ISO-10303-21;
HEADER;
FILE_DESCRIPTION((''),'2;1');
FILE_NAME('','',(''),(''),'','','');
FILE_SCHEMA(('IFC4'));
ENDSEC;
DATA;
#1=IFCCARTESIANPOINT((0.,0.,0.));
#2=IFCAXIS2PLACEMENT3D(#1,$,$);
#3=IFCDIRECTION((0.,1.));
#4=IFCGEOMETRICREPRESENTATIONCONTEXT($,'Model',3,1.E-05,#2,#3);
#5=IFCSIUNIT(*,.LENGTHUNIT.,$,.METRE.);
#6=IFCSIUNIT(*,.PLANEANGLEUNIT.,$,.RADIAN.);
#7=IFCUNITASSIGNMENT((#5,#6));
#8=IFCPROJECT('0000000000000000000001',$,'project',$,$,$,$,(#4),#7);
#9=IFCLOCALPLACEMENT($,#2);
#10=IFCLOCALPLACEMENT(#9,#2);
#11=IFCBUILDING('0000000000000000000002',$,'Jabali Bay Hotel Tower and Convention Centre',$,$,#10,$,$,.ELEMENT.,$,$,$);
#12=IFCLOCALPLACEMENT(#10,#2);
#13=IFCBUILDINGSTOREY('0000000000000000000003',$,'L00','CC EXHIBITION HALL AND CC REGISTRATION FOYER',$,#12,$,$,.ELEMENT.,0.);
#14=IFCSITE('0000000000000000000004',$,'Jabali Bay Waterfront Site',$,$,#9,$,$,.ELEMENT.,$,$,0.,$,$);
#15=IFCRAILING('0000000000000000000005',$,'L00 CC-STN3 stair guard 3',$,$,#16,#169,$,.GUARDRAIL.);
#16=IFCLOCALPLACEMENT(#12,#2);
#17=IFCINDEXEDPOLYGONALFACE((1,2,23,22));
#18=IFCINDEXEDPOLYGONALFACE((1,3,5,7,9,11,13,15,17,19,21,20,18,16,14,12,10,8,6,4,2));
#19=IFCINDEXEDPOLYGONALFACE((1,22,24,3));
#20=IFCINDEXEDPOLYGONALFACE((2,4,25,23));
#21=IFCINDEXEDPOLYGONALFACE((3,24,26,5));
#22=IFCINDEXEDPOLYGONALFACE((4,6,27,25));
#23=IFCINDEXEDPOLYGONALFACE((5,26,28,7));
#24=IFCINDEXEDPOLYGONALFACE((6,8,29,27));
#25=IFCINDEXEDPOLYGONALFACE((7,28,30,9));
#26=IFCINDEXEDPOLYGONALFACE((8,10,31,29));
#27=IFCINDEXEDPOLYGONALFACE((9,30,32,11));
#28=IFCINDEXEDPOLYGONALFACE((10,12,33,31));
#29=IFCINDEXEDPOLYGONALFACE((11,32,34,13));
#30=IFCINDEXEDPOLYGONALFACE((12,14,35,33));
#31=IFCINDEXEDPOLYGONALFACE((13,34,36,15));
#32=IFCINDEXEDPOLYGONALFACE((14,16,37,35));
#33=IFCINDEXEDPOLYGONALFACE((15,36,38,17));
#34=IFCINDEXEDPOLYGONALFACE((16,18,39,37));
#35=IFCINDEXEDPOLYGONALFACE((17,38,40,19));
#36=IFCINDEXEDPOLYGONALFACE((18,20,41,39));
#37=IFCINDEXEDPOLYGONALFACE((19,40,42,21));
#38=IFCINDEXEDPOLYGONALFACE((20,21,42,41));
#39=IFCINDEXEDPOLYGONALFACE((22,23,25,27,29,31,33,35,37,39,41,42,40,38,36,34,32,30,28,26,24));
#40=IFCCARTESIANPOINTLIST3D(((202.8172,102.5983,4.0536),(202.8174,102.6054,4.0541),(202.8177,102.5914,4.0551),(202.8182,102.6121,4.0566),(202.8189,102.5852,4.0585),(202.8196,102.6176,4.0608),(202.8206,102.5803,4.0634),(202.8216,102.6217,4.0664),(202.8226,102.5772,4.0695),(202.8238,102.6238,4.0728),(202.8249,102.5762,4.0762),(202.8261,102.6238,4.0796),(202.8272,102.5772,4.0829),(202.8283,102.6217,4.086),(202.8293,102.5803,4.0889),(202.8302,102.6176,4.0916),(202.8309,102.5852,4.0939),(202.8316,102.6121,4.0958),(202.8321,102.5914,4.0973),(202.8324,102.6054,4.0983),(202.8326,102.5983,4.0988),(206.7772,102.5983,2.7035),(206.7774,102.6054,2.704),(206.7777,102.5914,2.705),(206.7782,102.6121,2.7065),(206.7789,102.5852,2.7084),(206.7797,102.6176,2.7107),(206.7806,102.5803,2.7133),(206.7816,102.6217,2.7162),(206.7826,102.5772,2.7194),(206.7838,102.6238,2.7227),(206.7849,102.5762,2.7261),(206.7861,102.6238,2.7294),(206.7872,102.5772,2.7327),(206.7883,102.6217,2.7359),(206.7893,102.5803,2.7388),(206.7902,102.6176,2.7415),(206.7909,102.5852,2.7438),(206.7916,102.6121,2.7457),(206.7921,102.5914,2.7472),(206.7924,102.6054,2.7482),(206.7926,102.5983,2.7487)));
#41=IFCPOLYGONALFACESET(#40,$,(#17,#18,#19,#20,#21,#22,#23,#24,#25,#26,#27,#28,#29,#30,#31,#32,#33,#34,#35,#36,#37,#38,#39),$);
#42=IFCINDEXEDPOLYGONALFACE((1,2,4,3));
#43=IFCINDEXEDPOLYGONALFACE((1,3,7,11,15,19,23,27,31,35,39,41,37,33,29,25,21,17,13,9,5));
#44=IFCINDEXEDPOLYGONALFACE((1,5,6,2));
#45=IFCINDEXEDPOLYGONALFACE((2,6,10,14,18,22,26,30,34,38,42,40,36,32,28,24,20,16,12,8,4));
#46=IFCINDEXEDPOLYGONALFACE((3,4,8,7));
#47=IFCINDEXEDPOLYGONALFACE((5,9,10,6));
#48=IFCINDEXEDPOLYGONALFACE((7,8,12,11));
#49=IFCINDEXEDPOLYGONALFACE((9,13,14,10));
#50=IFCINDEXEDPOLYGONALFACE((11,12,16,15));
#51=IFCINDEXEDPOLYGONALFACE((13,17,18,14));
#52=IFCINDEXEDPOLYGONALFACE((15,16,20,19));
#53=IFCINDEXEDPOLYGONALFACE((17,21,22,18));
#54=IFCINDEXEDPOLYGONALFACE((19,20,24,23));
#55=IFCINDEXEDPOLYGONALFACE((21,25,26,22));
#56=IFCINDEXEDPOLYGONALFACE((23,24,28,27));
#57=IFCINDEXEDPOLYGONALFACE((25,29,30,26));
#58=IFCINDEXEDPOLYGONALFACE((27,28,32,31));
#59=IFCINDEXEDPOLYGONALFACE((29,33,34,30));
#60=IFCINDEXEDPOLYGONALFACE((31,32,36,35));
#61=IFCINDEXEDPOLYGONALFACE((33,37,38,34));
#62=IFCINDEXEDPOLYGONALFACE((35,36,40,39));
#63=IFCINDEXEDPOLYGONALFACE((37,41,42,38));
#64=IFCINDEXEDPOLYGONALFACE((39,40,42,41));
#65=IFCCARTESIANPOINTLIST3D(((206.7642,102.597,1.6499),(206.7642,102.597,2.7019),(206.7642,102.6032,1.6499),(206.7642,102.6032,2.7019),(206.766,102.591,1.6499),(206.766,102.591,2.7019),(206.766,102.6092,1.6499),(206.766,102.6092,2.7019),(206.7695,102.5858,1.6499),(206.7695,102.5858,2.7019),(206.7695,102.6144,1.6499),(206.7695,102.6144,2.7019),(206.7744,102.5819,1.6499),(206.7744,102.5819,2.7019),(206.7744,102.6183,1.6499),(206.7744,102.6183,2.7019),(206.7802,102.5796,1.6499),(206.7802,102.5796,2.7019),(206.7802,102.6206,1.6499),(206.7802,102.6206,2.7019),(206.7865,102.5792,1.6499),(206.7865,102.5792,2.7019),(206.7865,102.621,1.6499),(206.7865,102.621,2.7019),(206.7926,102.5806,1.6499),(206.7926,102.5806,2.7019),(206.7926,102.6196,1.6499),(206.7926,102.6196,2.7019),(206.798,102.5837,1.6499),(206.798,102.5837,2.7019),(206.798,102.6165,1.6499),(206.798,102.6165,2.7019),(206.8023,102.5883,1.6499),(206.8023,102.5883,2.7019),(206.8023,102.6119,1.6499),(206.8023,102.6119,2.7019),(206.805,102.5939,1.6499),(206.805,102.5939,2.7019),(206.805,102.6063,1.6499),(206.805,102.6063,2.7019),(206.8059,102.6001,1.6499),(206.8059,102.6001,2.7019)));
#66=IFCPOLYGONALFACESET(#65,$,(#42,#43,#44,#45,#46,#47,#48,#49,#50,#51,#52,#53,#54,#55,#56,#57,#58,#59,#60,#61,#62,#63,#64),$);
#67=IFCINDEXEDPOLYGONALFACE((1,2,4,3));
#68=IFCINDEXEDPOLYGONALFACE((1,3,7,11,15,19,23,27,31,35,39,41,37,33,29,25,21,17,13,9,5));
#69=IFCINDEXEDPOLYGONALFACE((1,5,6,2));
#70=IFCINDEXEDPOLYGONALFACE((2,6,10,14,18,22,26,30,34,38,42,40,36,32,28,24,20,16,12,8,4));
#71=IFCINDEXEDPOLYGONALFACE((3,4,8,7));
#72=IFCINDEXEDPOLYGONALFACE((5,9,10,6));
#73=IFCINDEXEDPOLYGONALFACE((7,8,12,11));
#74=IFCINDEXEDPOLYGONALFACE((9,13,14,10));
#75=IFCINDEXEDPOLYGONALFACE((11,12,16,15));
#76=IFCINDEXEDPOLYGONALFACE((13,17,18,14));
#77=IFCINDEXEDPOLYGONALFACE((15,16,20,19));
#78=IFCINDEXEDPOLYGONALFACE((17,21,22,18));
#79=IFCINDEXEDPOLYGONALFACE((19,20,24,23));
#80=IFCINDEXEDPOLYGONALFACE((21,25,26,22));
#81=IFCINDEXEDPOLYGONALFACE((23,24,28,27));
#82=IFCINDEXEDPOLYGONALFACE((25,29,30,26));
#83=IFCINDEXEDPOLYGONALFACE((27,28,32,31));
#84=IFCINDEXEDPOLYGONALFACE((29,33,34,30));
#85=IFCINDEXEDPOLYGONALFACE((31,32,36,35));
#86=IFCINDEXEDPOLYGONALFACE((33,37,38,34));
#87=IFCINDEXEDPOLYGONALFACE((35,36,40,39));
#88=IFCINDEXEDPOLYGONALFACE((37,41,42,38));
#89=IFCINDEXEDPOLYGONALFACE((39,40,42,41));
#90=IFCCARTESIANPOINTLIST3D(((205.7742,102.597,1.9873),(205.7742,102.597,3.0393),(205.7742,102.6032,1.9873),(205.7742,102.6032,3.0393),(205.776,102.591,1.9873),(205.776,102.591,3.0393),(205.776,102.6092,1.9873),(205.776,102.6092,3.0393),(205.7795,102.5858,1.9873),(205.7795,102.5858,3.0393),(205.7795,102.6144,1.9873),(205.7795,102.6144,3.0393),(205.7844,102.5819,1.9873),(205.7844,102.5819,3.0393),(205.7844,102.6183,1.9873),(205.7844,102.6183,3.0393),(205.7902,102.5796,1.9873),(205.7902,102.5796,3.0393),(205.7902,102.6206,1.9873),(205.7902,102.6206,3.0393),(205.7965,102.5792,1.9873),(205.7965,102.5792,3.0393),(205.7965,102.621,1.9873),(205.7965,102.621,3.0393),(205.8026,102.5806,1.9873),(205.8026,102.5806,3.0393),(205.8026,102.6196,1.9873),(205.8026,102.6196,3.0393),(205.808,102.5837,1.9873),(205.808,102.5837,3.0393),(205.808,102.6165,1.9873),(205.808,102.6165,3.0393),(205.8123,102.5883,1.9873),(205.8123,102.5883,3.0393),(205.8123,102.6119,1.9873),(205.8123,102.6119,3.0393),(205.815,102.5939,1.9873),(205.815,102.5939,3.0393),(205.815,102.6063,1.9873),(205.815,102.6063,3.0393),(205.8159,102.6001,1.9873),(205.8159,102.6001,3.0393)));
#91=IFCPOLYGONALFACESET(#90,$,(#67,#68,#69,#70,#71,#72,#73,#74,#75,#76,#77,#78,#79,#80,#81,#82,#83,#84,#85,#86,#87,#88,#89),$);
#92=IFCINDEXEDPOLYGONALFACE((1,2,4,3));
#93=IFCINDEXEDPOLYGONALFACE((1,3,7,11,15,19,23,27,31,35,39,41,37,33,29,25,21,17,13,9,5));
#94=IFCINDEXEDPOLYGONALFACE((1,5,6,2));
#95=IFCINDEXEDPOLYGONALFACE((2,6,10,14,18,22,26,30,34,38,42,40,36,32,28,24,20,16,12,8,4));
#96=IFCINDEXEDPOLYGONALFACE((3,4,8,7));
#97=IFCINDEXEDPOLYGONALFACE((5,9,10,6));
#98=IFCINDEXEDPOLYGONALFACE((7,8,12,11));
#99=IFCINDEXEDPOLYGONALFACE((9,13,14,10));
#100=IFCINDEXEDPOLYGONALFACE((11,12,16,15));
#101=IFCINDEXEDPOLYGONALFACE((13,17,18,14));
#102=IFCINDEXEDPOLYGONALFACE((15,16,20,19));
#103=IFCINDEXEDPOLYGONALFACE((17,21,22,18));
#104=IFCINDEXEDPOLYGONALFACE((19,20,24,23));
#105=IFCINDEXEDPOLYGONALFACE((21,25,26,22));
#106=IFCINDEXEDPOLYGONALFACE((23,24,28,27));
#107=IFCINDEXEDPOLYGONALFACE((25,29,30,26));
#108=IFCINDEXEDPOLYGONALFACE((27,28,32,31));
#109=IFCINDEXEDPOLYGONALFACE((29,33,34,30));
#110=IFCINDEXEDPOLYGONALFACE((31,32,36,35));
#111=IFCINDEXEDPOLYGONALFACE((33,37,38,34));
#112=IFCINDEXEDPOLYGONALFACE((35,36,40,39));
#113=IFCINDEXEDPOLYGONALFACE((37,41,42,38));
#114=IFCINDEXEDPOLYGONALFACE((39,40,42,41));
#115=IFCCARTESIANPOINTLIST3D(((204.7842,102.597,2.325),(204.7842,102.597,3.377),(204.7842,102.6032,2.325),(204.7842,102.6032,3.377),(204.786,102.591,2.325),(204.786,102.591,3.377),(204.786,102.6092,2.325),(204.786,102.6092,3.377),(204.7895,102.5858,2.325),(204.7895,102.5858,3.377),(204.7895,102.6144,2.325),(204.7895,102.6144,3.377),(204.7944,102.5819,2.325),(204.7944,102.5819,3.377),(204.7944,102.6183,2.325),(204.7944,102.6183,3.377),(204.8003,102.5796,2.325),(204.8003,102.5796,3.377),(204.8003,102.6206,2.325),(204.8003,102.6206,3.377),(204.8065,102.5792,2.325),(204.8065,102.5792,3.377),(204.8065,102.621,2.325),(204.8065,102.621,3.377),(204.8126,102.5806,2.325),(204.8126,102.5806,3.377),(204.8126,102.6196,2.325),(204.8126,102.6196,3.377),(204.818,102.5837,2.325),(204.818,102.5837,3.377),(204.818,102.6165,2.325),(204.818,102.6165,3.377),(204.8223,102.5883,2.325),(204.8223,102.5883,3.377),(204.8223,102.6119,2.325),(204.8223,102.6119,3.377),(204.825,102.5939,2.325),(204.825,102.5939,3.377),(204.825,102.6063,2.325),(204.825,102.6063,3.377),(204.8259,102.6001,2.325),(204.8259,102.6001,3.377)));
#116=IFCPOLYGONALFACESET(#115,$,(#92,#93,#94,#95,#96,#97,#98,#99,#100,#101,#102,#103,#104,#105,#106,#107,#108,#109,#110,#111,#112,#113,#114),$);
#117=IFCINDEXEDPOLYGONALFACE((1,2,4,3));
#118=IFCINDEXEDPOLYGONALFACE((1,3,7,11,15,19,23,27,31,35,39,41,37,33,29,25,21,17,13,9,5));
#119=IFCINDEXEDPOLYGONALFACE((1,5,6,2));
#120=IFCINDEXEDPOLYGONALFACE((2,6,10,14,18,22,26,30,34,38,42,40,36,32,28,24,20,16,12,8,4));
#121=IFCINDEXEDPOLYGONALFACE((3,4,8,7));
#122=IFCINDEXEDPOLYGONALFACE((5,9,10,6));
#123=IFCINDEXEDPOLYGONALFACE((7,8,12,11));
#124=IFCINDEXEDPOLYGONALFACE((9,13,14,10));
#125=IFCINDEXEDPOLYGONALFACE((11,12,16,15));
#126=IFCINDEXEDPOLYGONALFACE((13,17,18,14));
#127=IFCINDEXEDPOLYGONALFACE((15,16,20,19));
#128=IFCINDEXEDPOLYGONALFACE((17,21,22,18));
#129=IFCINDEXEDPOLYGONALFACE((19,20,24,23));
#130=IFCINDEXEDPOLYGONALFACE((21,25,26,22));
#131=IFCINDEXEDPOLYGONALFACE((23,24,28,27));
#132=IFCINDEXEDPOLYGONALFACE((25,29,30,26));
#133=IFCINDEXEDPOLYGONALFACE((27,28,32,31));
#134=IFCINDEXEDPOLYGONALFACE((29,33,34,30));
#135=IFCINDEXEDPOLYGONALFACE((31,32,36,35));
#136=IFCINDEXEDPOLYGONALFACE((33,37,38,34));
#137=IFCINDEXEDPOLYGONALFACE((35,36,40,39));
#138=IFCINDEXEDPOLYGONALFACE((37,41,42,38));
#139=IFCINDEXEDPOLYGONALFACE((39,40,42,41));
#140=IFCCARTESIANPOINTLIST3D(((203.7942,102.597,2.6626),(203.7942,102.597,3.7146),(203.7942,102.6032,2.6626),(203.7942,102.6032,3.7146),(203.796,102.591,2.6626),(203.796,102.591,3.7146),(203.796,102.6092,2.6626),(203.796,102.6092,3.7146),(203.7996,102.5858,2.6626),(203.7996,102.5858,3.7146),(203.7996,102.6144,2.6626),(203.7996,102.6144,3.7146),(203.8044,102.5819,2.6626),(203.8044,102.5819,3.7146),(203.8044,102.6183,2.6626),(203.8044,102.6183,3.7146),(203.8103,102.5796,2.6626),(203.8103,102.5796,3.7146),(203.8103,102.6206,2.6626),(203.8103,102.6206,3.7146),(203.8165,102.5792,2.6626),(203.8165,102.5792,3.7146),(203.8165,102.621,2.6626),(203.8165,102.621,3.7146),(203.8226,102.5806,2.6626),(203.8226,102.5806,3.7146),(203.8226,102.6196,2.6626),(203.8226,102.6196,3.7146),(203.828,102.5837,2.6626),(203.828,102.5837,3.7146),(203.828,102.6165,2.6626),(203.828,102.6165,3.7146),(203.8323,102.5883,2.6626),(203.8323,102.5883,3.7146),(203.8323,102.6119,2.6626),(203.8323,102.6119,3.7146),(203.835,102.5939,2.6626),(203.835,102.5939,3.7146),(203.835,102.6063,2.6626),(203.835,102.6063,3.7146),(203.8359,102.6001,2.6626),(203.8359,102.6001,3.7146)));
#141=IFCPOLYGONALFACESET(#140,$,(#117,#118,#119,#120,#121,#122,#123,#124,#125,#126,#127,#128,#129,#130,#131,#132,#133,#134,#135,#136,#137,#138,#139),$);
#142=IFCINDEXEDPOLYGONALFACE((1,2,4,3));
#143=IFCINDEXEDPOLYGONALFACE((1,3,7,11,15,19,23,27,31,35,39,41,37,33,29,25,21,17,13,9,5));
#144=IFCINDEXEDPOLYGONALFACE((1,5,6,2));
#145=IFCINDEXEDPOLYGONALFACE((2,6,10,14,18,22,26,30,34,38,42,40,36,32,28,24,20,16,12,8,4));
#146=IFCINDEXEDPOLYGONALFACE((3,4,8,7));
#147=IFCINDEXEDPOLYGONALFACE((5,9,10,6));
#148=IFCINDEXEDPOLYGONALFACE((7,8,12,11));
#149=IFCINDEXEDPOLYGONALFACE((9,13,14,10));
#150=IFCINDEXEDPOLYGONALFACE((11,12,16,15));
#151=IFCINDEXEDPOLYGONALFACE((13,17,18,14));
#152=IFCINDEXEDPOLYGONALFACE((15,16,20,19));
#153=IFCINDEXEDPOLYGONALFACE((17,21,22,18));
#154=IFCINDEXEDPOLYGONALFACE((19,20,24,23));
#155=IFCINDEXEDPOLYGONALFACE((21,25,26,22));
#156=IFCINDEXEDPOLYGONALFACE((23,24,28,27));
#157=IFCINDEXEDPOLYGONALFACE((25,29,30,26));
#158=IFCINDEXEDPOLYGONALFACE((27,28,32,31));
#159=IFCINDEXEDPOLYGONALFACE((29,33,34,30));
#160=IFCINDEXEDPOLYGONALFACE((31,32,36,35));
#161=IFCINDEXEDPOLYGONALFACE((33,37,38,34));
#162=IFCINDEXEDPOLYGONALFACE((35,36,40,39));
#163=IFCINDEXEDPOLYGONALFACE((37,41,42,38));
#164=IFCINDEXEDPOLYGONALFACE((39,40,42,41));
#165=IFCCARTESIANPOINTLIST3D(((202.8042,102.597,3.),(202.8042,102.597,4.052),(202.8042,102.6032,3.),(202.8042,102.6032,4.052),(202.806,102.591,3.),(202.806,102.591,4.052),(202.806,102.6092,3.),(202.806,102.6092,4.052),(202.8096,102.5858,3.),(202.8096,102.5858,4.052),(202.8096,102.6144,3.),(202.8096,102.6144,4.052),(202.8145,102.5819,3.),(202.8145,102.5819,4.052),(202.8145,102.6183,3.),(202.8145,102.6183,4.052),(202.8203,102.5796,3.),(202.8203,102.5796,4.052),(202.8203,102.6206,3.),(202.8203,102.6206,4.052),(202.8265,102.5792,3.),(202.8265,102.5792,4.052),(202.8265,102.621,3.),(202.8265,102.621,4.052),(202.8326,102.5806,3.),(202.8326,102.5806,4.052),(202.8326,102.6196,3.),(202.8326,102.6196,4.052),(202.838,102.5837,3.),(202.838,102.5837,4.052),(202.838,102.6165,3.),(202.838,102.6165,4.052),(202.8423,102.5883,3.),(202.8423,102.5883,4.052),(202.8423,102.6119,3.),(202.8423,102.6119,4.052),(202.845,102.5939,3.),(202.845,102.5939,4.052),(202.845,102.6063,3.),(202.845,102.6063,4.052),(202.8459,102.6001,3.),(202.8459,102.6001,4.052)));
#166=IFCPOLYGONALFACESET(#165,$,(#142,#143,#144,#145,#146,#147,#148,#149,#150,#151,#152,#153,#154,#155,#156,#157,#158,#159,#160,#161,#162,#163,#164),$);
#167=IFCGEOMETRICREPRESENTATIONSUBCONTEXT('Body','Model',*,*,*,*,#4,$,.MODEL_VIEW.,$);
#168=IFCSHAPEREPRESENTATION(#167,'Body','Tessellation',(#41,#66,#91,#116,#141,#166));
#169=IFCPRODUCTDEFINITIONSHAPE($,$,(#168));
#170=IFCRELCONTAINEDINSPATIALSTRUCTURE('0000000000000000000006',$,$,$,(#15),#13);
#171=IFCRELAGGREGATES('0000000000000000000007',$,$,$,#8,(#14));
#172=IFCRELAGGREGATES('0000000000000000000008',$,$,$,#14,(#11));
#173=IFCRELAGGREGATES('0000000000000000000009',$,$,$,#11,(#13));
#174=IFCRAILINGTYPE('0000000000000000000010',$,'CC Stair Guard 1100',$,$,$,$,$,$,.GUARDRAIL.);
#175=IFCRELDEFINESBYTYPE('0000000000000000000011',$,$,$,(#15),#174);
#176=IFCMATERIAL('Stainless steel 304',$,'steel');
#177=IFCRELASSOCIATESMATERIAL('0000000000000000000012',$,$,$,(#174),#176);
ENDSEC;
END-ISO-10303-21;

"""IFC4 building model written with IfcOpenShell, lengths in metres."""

from ifc_helpers import new_model, si_unit, direction, frame, origin, origin_2d, place, context, subcontext, project, spatial, circle, extrude, material, type_object, element, save


model = new_model("IFC4")

# Units and contexts
model_context = context("Model", 3, precision=1e-05, world=origin(), true_north=direction((0.0, 1.0)))
body_context = subcontext(model_context, "Body", "Model", "MODEL_VIEW")
ifc_project = project(units=[si_unit("LENGTHUNIT", "METRE"), si_unit("PLANEANGLEUNIT", "RADIAN")], contexts=[model_context])

# Site, building, storey
site_placement = place(None, origin())
site = spatial("IfcSite", under=ifc_project, at=site_placement, Name="Jabali Bay Waterfront Site", CompositionType="ELEMENT", RefElevation=0.0)
building_placement = place(site_placement, origin())
building = spatial("IfcBuilding", under=site, at=building_placement, Name="Jabali Bay Hotel Tower and Convention Centre", CompositionType="ELEMENT")
storey_placement = place(building_placement, origin())
storey = spatial("IfcBuildingStorey", under=building, at=storey_placement, Name="L00", Description="CC EXHIBITION HALL AND CC REGISTRATION FOYER", CompositionType="ELEMENT", Elevation=0.0)

# Railing
ifc_material_1 = material(Name="Stainless steel 304", Category="steel")
railing_type_1 = type_object("IfcRailingType", Name="CC Stair Guard 1100", PredefinedType="GUARDRAIL", material=ifc_material_1)
railing_1_placement = place(storey_placement, frame((206.7849, 102.6001, 1.6499)))
element("IfcRailing", 1, at=railing_1_placement, inside=storey, type_object=railing_type_1, Name="L00 CC-STN3 stair guard 3", PredefinedType="GUARDRAIL", context=body_context, shape_type="SweptSolid", body=[
    extrude(circle(Radius=0.0239, at=origin_2d()), frame((0.0, 0.0, 1.0762), z_axis=(-0.946502, 0.0, 0.322698), x_axis=(0.0, -1.0, 0.0)), (0.0, 0.0, 1.0), 4.1838),
    extrude(circle(Radius=0.021, at=origin_2d()), origin(), (0.0, 0.0, 1.0), 1.052),
    extrude(circle(Radius=0.021, at=origin_2d()), frame((-0.99, 0.0, 0.3374)), (0.0, 0.0, 1.0), 1.052),
    extrude(circle(Radius=0.021, at=origin_2d()), frame((-1.98, 0.0, 0.675)), (0.0, 0.0, 1.0), 1.052),
    extrude(circle(Radius=0.021, at=origin_2d()), frame((-2.97, 0.0, 1.0127)), (0.0, 0.0, 1.0), 1.052),
    extrude(circle(Radius=0.021, at=origin_2d()), frame((-3.96, 0.0, 1.3501)), (0.0, 0.0, 1.0), 1.052),
])

save(model, "model.ifc")
